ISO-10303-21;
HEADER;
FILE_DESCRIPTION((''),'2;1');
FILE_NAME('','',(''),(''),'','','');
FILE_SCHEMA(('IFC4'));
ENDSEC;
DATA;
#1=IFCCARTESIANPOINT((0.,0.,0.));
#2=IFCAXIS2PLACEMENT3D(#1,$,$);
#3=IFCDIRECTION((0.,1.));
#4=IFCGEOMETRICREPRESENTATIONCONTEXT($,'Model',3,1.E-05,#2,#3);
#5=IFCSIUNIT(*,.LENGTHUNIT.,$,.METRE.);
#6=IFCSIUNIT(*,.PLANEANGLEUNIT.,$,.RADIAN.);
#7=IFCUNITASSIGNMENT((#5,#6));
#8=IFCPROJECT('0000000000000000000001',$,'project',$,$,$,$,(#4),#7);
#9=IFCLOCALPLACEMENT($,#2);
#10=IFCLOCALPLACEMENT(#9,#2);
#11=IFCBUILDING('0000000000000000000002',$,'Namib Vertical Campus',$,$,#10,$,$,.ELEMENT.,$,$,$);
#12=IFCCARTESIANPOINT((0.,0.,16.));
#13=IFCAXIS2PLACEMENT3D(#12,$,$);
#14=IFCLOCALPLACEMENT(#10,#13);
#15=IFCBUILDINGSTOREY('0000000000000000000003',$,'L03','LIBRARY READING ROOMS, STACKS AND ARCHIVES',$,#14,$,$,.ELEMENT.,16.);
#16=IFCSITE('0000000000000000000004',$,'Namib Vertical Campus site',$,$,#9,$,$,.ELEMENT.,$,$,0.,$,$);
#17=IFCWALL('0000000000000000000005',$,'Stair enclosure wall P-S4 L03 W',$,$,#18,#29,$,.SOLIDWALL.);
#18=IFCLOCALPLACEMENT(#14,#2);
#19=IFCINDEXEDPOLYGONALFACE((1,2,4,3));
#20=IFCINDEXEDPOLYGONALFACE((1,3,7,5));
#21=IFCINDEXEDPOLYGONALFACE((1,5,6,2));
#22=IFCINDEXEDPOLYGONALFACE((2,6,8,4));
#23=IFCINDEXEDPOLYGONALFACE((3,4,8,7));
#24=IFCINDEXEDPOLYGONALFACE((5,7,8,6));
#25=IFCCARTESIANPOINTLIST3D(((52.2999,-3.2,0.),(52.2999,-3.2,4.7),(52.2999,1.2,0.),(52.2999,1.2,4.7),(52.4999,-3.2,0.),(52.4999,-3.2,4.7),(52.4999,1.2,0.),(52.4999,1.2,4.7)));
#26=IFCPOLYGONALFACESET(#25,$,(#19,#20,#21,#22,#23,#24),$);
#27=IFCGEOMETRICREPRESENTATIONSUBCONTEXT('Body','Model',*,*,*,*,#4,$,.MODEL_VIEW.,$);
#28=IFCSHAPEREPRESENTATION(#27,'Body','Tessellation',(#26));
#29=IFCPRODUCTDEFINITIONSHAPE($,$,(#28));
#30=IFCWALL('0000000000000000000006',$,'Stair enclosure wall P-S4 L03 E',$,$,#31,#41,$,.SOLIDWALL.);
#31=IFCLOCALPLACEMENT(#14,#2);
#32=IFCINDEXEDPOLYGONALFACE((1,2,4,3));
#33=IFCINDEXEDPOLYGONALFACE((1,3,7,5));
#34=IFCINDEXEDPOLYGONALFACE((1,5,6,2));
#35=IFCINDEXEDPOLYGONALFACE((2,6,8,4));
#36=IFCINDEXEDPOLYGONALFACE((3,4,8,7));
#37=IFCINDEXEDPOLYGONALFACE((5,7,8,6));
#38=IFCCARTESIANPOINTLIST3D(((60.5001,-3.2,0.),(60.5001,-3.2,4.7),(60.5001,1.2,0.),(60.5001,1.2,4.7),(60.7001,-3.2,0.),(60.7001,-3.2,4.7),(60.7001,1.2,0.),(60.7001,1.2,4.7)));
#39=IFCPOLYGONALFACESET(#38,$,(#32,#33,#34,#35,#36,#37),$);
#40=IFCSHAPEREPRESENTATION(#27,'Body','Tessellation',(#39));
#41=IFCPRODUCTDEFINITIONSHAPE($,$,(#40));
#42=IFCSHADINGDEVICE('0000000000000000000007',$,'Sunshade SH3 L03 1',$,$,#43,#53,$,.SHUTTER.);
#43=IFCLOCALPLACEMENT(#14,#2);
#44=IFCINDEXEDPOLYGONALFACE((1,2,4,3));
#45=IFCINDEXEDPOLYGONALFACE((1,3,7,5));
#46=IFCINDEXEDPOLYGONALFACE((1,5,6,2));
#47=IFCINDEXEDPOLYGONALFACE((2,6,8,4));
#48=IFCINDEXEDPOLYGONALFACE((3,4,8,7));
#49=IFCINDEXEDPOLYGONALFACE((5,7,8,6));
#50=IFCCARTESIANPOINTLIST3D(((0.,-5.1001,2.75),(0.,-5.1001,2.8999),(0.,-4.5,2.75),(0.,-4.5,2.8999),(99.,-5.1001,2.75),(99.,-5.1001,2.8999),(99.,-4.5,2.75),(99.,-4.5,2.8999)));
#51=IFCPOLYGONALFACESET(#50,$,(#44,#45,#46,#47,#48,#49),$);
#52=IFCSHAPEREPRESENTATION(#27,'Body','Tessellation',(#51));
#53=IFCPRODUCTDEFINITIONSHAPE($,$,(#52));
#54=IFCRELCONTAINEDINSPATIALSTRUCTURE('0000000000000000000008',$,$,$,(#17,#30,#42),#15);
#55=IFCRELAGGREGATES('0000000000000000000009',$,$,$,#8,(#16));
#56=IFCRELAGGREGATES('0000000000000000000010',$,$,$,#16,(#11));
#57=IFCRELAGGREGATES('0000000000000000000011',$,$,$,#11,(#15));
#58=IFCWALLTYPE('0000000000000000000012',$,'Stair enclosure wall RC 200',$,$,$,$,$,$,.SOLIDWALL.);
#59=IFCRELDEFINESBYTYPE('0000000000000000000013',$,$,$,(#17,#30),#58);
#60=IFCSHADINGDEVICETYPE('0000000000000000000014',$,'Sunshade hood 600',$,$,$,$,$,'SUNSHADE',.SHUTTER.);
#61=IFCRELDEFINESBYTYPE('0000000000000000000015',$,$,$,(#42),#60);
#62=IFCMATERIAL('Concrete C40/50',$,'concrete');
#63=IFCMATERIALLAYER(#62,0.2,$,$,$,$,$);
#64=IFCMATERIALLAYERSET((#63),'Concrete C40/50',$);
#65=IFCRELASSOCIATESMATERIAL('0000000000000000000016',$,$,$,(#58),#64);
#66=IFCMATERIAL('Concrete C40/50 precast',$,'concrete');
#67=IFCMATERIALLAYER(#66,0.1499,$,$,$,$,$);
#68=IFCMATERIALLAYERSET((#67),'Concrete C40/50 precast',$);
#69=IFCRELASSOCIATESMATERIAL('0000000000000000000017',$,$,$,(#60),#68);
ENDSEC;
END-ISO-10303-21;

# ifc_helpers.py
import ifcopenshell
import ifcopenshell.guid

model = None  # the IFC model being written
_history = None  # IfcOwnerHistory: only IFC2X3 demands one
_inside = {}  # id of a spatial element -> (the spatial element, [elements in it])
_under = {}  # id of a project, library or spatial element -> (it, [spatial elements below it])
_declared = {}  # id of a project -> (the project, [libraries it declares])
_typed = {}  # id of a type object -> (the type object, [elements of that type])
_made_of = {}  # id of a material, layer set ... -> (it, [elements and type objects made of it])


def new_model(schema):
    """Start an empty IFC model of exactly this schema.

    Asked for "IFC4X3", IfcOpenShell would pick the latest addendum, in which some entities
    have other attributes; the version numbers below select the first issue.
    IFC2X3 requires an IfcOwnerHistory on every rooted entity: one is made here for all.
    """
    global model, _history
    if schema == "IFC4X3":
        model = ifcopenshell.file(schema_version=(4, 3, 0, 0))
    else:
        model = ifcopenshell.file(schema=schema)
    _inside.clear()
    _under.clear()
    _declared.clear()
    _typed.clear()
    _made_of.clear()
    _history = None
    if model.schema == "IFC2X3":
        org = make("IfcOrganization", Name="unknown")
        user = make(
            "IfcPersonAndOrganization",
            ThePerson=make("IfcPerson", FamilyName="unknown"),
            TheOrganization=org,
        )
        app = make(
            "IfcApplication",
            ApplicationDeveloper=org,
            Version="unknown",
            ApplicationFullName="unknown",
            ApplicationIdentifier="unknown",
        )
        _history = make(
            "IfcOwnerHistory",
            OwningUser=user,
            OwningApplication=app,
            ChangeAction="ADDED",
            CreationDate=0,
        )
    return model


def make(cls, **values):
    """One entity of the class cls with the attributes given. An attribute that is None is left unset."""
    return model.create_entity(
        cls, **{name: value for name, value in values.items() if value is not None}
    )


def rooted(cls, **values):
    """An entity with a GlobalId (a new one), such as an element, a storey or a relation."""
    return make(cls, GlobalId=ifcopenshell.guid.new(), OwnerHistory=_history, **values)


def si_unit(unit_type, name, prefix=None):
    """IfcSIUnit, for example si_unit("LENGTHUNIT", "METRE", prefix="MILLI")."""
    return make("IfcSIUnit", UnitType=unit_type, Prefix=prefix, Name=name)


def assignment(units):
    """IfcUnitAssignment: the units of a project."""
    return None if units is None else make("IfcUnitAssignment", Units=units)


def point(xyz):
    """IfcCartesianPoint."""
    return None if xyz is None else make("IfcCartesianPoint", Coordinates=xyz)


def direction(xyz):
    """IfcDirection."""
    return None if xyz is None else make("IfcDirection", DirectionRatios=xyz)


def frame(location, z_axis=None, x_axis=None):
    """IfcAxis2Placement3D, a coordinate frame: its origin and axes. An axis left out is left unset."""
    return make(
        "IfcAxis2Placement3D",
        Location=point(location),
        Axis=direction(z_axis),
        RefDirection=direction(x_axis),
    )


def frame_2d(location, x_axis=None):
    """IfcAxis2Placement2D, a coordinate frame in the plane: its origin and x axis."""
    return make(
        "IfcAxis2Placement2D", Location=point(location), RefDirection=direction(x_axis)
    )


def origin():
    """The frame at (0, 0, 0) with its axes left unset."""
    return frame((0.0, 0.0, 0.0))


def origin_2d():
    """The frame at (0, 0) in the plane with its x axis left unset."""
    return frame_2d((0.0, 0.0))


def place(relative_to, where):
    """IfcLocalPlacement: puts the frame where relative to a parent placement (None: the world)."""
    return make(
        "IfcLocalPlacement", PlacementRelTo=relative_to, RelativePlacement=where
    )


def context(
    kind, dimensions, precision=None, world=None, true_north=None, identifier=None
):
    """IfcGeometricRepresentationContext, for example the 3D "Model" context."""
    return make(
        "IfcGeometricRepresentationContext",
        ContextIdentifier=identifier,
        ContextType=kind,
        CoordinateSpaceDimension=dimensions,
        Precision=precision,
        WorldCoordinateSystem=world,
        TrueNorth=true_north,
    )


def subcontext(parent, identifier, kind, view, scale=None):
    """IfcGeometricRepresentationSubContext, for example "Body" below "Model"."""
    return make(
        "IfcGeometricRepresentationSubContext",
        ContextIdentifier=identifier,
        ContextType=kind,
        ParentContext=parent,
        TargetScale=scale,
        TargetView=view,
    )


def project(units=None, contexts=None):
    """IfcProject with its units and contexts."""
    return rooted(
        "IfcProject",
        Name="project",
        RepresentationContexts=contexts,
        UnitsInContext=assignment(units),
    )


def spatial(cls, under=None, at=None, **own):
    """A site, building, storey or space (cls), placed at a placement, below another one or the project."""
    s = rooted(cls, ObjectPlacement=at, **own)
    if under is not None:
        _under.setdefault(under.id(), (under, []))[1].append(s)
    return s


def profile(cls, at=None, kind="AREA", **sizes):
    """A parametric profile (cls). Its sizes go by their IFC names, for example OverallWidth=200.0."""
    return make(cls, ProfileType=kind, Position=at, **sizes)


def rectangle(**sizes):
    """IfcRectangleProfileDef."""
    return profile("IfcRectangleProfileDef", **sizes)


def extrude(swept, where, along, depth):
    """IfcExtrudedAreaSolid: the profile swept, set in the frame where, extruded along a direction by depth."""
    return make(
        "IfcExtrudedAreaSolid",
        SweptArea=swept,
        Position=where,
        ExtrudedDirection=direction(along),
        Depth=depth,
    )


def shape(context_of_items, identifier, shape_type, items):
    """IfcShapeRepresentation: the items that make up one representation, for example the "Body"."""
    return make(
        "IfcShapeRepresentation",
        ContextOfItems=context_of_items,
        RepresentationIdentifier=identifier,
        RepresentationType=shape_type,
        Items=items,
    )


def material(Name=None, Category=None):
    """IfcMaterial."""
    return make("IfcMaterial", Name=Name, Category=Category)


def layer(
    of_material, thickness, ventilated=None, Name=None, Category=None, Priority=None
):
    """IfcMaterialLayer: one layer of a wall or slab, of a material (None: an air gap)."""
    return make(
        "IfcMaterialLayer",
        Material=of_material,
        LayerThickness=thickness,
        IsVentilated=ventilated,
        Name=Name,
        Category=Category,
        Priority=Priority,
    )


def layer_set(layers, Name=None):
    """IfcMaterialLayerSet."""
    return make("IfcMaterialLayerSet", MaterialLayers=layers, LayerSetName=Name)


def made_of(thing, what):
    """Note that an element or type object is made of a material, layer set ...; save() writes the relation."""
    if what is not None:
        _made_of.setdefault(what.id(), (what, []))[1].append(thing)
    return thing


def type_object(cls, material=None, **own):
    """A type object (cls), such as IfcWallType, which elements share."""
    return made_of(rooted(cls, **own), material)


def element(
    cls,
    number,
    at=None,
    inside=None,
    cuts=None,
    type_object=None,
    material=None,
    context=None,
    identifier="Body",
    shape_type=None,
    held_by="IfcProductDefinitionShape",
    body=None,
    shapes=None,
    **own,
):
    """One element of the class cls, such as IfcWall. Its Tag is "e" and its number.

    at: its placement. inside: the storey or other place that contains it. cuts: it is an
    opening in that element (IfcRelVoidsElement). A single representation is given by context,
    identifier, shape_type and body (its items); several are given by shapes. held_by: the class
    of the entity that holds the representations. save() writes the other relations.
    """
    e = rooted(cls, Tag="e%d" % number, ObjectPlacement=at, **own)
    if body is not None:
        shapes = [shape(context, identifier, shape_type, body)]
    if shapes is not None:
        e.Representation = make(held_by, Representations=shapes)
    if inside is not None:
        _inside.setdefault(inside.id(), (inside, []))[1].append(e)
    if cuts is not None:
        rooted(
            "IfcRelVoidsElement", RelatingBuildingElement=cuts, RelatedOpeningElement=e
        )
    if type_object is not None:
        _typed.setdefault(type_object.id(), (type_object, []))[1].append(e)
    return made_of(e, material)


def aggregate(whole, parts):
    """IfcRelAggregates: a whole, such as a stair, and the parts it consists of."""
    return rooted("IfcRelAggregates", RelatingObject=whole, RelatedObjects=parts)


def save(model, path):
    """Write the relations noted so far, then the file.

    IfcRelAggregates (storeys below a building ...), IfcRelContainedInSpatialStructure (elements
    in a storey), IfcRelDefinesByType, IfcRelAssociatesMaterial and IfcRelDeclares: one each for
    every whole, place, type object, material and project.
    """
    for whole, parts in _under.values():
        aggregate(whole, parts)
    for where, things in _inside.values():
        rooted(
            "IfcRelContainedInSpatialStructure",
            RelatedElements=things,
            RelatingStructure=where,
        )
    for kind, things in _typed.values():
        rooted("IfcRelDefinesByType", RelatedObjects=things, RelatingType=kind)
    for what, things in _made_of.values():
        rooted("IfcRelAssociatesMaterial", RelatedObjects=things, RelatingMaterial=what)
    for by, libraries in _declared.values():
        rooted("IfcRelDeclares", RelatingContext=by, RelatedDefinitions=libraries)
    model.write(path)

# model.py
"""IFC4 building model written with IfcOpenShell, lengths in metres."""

from ifc_helpers import new_model, si_unit, direction, frame, frame_2d, origin, origin_2d, place, context, subcontext, project, spatial, rectangle, extrude, material, layer, layer_set, type_object, element, save


model = new_model("IFC4")

# Units and contexts
model_context = context("Model", 3, precision=1e-05, world=origin(), true_north=direction((0.0, 1.0)))
body_context = subcontext(model_context, "Body", "Model", "MODEL_VIEW")
ifc_project = project(units=[si_unit("LENGTHUNIT", "METRE"), si_unit("PLANEANGLEUNIT", "RADIAN")], contexts=[model_context])

# Site, building, storey
site_placement = place(None, origin())
site = spatial("IfcSite", under=ifc_project, at=site_placement, Name="Namib Vertical Campus site", CompositionType="ELEMENT", RefElevation=0.0)
building_placement = place(site_placement, origin())
building = spatial("IfcBuilding", under=site, at=building_placement, Name="Namib Vertical Campus", CompositionType="ELEMENT")
storey_placement = place(building_placement, frame((0.0, 0.0, 16.0)))
storey = spatial("IfcBuildingStorey", under=building, at=storey_placement, Name="L03", Description="LIBRARY READING ROOMS, STACKS AND ARCHIVES", CompositionType="ELEMENT", Elevation=16.0)

# Shared definitions
ifc_material_1 = material(Name="Concrete C40/50", Category="concrete")
ifc_layer_1 = layer(ifc_material_1, 0.2)
ifc_layer_set_1 = layer_set([ifc_layer_1], Name="Concrete C40/50")
wall_type_1 = type_object("IfcWallType", Name="Stair enclosure wall RC 200", PredefinedType="SOLIDWALL", material=ifc_layer_set_1)

# Walls
for number, where, z_axis, x_axis, name in (
    (1, (52.3999, -3.2, 0.0), (0.0, 0.0, 1.0), (0.0, 1.0, 0.0), "Stair enclosure wall P-S4 L03 W"),
    (2, (60.6001, -3.2, 0.0), (0.0, 0.0, 1.0), (0.0, 1.0, 0.0), "Stair enclosure wall P-S4 L03 E"),
):
    element("IfcWall", number, at=place(storey_placement, frame(where, z_axis=z_axis, x_axis=x_axis)), inside=storey, type_object=wall_type_1, Name=name, PredefinedType="SOLIDWALL", context=body_context, shape_type="SweptSolid", body=[
        extrude(rectangle(XDim=4.3999, YDim=0.2, at=frame_2d((2.2, 0.0))), origin(), (0.0, 0.0, 1.0), 4.7),
    ])

# Shading device
ifc_material_2 = material(Name="Concrete C40/50 precast", Category="concrete")
ifc_layer_2 = layer(ifc_material_2, 0.1499)
ifc_layer_set_2 = layer_set([ifc_layer_2], Name="Concrete C40/50 precast")
shading_device_type = type_object("IfcShadingDeviceType", Name="Sunshade hood 600", ElementType="SUNSHADE", PredefinedType="SHUTTER", material=ifc_layer_set_2)
shading_device_placement = place(storey_placement, frame((49.5, -4.8, 2.75), z_axis=(0.0, 0.0, 1.0), x_axis=(1.0, 0.0, 0.0)))
element("IfcShadingDevice", 3, at=shading_device_placement, inside=storey, type_object=shading_device_type, Name="Sunshade SH3 L03 1", PredefinedType="SHUTTER", context=body_context, shape_type="SweptSolid", body=[
    extrude(rectangle(XDim=99.0, YDim=0.6001, at=origin_2d()), origin(), (0.0, 0.0, 1.0), 0.1499),
])

save(model, "model.ifc")
